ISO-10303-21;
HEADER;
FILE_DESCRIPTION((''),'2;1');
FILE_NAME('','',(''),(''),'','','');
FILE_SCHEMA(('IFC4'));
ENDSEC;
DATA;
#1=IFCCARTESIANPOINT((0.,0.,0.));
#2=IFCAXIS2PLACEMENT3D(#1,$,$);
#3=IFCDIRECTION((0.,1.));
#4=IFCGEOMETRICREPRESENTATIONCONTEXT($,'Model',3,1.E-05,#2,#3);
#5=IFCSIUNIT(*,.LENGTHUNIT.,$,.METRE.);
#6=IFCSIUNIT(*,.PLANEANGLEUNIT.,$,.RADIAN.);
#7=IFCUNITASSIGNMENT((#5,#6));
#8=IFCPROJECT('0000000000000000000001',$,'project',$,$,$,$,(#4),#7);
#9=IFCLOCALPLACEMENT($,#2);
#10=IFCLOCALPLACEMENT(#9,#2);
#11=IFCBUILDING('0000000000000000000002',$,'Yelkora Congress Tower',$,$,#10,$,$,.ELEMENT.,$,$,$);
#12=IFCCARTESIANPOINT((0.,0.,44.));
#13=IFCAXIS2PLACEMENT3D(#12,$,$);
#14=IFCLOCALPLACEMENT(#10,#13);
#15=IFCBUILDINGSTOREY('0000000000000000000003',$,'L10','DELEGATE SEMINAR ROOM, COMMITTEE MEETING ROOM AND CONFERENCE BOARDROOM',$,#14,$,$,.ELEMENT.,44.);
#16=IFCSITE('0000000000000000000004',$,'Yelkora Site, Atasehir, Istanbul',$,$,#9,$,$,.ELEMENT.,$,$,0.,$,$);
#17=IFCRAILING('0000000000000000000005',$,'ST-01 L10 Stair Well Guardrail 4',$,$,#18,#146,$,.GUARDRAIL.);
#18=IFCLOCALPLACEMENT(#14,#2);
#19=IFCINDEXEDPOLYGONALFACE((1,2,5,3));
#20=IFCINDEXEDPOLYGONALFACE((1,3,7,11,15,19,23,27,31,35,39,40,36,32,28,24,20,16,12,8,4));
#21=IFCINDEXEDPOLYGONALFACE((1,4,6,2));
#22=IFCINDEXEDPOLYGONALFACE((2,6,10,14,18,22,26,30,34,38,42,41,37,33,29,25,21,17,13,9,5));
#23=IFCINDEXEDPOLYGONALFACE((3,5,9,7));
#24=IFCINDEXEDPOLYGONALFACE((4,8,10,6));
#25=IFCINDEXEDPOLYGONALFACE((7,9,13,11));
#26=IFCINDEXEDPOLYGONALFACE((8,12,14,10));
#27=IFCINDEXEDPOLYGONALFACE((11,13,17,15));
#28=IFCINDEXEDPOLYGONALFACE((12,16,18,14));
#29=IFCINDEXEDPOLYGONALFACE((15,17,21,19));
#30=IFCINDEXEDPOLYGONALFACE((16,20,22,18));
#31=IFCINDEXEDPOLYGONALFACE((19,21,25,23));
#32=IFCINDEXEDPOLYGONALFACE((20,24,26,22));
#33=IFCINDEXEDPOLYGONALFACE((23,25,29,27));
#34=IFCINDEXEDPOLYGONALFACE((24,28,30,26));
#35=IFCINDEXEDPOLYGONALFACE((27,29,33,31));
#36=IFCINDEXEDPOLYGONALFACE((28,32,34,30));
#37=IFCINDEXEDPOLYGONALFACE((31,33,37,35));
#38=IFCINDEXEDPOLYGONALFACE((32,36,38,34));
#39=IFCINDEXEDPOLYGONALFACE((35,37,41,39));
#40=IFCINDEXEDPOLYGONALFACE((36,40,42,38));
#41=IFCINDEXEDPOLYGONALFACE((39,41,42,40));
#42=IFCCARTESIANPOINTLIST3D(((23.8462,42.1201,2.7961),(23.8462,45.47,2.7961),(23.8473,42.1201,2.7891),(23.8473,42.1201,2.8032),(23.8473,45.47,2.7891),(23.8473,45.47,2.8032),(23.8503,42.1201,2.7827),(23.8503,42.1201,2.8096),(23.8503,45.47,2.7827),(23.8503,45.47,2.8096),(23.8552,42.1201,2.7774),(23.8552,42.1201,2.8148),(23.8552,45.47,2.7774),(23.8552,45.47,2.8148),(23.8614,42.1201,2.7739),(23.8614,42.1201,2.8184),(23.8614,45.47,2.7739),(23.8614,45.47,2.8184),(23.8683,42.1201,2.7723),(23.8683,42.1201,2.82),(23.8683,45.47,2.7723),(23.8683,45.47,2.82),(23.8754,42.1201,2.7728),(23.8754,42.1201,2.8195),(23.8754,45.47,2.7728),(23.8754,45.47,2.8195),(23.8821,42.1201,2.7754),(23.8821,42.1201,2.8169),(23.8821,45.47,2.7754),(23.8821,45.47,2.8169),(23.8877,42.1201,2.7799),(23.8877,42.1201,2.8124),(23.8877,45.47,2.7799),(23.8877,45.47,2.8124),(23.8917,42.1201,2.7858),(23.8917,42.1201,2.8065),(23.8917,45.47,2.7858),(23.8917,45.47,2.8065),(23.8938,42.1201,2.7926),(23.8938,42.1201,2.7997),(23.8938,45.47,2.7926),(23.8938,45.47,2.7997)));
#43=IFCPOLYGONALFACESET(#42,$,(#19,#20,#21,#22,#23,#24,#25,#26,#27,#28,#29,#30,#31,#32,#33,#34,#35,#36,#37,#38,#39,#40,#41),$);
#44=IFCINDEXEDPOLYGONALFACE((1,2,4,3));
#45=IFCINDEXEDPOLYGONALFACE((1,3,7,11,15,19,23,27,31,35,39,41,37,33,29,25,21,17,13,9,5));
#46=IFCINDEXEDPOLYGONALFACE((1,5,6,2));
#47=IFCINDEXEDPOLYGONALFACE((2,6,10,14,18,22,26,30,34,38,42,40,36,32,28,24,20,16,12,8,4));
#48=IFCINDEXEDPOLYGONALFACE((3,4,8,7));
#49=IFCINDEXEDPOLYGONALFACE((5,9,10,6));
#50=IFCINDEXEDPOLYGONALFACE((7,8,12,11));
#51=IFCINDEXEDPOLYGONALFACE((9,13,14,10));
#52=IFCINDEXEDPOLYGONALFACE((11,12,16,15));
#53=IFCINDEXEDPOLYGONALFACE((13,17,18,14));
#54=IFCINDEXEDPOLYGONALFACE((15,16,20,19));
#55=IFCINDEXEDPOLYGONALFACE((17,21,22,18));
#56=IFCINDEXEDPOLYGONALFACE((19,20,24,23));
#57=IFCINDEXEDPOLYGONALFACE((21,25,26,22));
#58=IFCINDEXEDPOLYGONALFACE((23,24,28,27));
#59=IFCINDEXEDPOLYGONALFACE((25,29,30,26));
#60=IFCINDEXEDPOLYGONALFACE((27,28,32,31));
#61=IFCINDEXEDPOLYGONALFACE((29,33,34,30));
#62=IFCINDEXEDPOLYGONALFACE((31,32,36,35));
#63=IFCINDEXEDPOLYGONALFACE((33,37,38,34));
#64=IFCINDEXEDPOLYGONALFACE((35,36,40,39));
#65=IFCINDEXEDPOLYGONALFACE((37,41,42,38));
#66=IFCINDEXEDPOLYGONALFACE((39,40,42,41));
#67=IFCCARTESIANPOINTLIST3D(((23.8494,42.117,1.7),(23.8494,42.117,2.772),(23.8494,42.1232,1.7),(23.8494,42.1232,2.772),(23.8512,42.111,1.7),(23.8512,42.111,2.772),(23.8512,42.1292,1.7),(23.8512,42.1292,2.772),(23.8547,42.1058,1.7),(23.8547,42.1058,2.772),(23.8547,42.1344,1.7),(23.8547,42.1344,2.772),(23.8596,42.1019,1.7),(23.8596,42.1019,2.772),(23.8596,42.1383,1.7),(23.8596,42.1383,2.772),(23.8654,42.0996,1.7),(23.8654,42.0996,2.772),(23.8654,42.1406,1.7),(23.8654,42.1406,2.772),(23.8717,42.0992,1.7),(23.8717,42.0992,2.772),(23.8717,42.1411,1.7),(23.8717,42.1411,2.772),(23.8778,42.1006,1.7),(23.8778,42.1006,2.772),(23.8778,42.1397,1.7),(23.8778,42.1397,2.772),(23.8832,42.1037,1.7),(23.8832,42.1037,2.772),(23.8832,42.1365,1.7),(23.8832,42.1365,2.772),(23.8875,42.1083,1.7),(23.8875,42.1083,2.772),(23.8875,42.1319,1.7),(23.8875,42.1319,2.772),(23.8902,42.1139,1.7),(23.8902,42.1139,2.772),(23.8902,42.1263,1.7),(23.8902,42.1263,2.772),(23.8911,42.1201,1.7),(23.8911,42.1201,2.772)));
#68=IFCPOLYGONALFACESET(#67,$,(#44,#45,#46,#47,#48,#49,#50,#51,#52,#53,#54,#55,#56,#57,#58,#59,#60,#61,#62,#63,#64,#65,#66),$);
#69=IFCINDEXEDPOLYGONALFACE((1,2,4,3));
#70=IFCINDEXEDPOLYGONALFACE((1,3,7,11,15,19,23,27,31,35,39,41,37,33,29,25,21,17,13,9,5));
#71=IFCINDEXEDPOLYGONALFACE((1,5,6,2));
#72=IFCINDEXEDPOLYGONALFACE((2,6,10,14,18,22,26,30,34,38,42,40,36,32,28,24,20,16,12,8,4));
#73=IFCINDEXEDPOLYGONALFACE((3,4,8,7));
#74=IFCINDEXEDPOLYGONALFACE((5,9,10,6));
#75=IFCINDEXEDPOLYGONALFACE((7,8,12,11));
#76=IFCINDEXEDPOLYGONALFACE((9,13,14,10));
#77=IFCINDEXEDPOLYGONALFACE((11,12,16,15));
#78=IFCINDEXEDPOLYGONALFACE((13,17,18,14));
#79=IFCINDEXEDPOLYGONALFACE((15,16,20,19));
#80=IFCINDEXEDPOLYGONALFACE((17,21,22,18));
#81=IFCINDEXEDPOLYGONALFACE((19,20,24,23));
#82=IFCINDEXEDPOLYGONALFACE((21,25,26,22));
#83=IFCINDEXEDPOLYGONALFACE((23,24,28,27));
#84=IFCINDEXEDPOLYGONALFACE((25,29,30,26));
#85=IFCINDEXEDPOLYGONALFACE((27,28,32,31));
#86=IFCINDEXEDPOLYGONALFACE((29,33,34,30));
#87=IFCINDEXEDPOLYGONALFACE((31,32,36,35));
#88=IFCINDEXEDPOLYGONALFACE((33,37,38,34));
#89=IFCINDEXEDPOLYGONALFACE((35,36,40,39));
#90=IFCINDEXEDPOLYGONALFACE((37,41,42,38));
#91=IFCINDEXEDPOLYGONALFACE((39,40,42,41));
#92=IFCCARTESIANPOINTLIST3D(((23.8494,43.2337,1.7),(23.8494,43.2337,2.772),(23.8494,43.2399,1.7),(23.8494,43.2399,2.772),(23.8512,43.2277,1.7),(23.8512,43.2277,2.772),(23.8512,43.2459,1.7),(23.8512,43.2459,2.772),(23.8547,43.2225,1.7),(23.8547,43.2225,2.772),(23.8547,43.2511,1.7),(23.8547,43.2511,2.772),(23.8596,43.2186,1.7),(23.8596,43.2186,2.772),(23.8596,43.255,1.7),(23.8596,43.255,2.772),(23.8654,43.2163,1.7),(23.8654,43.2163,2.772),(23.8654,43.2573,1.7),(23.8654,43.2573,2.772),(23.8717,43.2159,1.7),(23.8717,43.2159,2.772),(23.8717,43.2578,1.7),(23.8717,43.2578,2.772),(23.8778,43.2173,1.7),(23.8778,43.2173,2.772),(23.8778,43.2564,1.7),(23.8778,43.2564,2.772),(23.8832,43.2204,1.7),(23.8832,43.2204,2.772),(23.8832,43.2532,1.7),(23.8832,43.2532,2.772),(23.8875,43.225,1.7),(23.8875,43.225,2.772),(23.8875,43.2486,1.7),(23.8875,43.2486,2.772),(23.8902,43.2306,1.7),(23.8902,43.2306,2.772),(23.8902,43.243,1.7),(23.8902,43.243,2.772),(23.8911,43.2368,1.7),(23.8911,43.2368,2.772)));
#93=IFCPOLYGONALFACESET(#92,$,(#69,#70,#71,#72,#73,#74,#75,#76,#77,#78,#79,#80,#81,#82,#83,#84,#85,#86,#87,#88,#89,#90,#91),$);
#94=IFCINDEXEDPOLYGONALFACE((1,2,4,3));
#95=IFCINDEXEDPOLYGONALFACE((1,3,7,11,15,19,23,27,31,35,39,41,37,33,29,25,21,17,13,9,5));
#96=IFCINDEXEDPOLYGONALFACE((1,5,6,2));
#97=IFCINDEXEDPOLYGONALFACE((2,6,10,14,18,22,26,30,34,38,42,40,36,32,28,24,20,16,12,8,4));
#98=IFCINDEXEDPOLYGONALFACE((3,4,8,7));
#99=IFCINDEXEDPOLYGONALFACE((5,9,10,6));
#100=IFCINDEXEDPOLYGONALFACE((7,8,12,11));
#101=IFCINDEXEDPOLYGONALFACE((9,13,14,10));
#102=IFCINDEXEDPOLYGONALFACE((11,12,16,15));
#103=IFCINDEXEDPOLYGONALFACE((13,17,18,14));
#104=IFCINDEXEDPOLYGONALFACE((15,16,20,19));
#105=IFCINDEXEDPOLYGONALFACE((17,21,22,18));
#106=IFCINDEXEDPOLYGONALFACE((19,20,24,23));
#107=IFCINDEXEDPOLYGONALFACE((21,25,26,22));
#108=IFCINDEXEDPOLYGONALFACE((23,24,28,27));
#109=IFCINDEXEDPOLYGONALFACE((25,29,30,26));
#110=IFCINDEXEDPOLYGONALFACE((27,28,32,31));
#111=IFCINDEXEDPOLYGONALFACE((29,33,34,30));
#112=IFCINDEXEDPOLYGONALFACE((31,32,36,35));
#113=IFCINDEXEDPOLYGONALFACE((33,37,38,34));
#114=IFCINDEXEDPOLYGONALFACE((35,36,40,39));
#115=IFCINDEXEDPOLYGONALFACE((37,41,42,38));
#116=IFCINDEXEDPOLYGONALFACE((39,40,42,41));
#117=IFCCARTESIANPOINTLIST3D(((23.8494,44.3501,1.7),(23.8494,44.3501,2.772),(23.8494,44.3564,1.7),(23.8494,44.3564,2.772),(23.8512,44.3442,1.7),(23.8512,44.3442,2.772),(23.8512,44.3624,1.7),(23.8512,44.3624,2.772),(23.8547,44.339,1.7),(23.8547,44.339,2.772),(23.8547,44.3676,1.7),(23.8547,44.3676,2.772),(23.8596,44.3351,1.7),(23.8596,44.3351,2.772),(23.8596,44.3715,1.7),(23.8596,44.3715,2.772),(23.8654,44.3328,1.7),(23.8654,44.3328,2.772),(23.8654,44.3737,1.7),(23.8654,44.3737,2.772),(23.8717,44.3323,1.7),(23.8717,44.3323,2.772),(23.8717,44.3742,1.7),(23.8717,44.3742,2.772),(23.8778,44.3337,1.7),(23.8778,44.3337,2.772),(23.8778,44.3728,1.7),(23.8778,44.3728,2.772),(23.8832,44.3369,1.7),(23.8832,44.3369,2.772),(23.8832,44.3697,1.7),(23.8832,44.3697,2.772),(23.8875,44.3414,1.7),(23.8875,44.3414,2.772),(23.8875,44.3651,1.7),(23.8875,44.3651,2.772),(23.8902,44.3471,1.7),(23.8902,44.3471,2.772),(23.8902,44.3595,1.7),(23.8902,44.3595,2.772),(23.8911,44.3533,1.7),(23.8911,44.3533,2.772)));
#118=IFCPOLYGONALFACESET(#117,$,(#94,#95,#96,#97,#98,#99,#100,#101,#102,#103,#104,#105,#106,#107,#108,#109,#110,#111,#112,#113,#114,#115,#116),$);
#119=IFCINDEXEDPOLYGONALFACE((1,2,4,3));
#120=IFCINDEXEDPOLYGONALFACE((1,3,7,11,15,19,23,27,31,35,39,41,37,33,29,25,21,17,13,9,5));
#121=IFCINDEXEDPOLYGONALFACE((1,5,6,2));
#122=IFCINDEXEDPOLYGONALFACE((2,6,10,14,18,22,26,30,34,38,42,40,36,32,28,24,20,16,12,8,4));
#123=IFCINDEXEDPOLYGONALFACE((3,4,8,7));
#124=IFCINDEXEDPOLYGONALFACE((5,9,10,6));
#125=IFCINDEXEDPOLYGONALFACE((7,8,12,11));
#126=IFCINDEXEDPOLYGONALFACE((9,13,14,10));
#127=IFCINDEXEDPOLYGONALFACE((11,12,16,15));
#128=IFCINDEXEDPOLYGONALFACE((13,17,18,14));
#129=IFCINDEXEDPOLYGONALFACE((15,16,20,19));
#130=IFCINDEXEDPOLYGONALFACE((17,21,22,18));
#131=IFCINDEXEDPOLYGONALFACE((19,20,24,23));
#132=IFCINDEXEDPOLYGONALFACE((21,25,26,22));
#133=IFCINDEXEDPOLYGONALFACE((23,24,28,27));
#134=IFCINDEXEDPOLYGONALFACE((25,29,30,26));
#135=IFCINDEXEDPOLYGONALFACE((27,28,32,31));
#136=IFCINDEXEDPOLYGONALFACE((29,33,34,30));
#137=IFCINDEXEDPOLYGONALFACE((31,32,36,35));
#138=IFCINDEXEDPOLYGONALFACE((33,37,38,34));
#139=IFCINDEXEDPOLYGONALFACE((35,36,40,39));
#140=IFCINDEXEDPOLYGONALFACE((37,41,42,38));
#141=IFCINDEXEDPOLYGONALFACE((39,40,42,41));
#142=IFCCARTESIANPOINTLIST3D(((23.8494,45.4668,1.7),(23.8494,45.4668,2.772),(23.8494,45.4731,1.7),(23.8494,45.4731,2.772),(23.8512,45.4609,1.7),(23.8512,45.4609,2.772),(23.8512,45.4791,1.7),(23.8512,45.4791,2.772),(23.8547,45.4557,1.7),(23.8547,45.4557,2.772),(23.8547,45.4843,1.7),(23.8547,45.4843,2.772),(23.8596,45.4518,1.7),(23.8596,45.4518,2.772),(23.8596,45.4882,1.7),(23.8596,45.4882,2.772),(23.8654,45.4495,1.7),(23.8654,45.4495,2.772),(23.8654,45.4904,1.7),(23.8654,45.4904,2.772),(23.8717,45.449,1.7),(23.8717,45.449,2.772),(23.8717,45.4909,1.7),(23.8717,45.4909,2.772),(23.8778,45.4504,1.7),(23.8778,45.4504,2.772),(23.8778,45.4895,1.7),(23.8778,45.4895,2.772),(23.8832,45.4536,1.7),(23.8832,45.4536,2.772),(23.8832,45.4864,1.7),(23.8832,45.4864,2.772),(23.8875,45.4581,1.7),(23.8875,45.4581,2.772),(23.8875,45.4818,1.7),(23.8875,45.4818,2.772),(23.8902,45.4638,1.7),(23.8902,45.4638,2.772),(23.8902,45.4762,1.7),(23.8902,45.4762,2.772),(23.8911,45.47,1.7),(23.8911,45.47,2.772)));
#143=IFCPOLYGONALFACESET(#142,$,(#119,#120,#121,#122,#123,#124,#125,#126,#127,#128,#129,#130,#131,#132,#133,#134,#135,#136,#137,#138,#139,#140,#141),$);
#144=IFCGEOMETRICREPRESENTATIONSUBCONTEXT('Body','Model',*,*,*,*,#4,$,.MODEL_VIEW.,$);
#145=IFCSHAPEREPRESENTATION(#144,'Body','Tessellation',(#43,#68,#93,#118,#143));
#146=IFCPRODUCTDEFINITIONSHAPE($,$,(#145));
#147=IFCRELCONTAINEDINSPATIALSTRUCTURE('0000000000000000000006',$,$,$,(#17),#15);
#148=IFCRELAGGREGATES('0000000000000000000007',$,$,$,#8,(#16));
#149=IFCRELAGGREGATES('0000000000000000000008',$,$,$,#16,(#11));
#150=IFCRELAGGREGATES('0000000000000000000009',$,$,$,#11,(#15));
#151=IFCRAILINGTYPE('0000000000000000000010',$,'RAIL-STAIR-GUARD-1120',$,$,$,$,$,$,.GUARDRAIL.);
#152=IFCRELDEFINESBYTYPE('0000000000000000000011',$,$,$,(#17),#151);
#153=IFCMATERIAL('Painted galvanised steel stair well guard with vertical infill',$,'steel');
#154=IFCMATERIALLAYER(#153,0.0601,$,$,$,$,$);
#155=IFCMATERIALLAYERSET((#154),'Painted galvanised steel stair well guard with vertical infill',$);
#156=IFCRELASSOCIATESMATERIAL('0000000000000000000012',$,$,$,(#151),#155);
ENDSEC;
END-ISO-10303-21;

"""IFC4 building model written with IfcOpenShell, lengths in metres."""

from ifc_helpers import new_model, si_unit, direction, frame, origin, origin_2d, place, context, subcontext, project, spatial, circle, extrude, material, layer, layer_set, type_object, element, save


model = new_model("IFC4")

# Units and contexts
model_context = context("Model", 3, precision=1e-05, world=origin(), true_north=direction((0.0, 1.0)))
body_context = subcontext(model_context, "Body", "Model", "MODEL_VIEW")
ifc_project = project(units=[si_unit("LENGTHUNIT", "METRE"), si_unit("PLANEANGLEUNIT", "RADIAN")], contexts=[model_context])

# Site, building, storey
site_placement = place(None, origin())
site = spatial("IfcSite", under=ifc_project, at=site_placement, Name="Yelkora Site, Atasehir, Istanbul", CompositionType="ELEMENT", RefElevation=0.0)
building_placement = place(site_placement, origin())
building = spatial("IfcBuilding", under=site, at=building_placement, Name="Yelkora Congress Tower", CompositionType="ELEMENT")
storey_placement = place(building_placement, frame((0.0, 0.0, 44.0)))
storey = spatial("IfcBuildingStorey", under=building, at=storey_placement, Name="L10", Description="DELEGATE SEMINAR ROOM, COMMITTEE MEETING ROOM AND CONFERENCE BOARDROOM", CompositionType="ELEMENT", Elevation=44.0)

# Railing
ifc_material_1 = material(Name="Painted galvanised steel stair well guard with vertical infill", Category="steel")
ifc_layer_1 = layer(ifc_material_1, 0.0601)
ifc_layer_set_1 = layer_set([ifc_layer_1], Name="Painted galvanised steel stair well guard with vertical infill")
railing_type_1 = type_object("IfcRailingType", Name="RAIL-STAIR-GUARD-1120", PredefinedType="GUARDRAIL", material=ifc_layer_set_1)
for number, where, name in (
    (1, (23.8701, 42.1201, 1.7), "ST-01 L10 Stair Well Guardrail 4"),
):
    element("IfcRailing", number, at=place(storey_placement, frame(where)), inside=storey, type_object=railing_type_1, Name=name, PredefinedType="GUARDRAIL", context=body_context, shape_type="SweptSolid", body=[
        extrude(circle(Radius=0.0239, at=origin_2d()), frame((0.0, 0.0, 1.0962), z_axis=(0.0, 1.0, 0.0), x_axis=(-1.0, 0.0, 0.0)), (0.0, 0.0, 1.0), 3.3499),
        extrude(circle(Radius=0.021, at=origin_2d()), origin(), (0.0, 0.0, 1.0), 1.072),
        extrude(circle(Radius=0.021, at=origin_2d()), frame((0.0, 1.1167, 0.0)), (0.0, 0.0, 1.0), 1.072),
        extrude(circle(Radius=0.021, at=origin_2d()), frame((0.0, 2.2332, 0.0)), (0.0, 0.0, 1.0), 1.072),
        extrude(circle(Radius=0.021, at=origin_2d()), frame((0.0, 3.3499, 0.0)), (0.0, 0.0, 1.0), 1.072),
    ])

save(model, "model.ifc")
